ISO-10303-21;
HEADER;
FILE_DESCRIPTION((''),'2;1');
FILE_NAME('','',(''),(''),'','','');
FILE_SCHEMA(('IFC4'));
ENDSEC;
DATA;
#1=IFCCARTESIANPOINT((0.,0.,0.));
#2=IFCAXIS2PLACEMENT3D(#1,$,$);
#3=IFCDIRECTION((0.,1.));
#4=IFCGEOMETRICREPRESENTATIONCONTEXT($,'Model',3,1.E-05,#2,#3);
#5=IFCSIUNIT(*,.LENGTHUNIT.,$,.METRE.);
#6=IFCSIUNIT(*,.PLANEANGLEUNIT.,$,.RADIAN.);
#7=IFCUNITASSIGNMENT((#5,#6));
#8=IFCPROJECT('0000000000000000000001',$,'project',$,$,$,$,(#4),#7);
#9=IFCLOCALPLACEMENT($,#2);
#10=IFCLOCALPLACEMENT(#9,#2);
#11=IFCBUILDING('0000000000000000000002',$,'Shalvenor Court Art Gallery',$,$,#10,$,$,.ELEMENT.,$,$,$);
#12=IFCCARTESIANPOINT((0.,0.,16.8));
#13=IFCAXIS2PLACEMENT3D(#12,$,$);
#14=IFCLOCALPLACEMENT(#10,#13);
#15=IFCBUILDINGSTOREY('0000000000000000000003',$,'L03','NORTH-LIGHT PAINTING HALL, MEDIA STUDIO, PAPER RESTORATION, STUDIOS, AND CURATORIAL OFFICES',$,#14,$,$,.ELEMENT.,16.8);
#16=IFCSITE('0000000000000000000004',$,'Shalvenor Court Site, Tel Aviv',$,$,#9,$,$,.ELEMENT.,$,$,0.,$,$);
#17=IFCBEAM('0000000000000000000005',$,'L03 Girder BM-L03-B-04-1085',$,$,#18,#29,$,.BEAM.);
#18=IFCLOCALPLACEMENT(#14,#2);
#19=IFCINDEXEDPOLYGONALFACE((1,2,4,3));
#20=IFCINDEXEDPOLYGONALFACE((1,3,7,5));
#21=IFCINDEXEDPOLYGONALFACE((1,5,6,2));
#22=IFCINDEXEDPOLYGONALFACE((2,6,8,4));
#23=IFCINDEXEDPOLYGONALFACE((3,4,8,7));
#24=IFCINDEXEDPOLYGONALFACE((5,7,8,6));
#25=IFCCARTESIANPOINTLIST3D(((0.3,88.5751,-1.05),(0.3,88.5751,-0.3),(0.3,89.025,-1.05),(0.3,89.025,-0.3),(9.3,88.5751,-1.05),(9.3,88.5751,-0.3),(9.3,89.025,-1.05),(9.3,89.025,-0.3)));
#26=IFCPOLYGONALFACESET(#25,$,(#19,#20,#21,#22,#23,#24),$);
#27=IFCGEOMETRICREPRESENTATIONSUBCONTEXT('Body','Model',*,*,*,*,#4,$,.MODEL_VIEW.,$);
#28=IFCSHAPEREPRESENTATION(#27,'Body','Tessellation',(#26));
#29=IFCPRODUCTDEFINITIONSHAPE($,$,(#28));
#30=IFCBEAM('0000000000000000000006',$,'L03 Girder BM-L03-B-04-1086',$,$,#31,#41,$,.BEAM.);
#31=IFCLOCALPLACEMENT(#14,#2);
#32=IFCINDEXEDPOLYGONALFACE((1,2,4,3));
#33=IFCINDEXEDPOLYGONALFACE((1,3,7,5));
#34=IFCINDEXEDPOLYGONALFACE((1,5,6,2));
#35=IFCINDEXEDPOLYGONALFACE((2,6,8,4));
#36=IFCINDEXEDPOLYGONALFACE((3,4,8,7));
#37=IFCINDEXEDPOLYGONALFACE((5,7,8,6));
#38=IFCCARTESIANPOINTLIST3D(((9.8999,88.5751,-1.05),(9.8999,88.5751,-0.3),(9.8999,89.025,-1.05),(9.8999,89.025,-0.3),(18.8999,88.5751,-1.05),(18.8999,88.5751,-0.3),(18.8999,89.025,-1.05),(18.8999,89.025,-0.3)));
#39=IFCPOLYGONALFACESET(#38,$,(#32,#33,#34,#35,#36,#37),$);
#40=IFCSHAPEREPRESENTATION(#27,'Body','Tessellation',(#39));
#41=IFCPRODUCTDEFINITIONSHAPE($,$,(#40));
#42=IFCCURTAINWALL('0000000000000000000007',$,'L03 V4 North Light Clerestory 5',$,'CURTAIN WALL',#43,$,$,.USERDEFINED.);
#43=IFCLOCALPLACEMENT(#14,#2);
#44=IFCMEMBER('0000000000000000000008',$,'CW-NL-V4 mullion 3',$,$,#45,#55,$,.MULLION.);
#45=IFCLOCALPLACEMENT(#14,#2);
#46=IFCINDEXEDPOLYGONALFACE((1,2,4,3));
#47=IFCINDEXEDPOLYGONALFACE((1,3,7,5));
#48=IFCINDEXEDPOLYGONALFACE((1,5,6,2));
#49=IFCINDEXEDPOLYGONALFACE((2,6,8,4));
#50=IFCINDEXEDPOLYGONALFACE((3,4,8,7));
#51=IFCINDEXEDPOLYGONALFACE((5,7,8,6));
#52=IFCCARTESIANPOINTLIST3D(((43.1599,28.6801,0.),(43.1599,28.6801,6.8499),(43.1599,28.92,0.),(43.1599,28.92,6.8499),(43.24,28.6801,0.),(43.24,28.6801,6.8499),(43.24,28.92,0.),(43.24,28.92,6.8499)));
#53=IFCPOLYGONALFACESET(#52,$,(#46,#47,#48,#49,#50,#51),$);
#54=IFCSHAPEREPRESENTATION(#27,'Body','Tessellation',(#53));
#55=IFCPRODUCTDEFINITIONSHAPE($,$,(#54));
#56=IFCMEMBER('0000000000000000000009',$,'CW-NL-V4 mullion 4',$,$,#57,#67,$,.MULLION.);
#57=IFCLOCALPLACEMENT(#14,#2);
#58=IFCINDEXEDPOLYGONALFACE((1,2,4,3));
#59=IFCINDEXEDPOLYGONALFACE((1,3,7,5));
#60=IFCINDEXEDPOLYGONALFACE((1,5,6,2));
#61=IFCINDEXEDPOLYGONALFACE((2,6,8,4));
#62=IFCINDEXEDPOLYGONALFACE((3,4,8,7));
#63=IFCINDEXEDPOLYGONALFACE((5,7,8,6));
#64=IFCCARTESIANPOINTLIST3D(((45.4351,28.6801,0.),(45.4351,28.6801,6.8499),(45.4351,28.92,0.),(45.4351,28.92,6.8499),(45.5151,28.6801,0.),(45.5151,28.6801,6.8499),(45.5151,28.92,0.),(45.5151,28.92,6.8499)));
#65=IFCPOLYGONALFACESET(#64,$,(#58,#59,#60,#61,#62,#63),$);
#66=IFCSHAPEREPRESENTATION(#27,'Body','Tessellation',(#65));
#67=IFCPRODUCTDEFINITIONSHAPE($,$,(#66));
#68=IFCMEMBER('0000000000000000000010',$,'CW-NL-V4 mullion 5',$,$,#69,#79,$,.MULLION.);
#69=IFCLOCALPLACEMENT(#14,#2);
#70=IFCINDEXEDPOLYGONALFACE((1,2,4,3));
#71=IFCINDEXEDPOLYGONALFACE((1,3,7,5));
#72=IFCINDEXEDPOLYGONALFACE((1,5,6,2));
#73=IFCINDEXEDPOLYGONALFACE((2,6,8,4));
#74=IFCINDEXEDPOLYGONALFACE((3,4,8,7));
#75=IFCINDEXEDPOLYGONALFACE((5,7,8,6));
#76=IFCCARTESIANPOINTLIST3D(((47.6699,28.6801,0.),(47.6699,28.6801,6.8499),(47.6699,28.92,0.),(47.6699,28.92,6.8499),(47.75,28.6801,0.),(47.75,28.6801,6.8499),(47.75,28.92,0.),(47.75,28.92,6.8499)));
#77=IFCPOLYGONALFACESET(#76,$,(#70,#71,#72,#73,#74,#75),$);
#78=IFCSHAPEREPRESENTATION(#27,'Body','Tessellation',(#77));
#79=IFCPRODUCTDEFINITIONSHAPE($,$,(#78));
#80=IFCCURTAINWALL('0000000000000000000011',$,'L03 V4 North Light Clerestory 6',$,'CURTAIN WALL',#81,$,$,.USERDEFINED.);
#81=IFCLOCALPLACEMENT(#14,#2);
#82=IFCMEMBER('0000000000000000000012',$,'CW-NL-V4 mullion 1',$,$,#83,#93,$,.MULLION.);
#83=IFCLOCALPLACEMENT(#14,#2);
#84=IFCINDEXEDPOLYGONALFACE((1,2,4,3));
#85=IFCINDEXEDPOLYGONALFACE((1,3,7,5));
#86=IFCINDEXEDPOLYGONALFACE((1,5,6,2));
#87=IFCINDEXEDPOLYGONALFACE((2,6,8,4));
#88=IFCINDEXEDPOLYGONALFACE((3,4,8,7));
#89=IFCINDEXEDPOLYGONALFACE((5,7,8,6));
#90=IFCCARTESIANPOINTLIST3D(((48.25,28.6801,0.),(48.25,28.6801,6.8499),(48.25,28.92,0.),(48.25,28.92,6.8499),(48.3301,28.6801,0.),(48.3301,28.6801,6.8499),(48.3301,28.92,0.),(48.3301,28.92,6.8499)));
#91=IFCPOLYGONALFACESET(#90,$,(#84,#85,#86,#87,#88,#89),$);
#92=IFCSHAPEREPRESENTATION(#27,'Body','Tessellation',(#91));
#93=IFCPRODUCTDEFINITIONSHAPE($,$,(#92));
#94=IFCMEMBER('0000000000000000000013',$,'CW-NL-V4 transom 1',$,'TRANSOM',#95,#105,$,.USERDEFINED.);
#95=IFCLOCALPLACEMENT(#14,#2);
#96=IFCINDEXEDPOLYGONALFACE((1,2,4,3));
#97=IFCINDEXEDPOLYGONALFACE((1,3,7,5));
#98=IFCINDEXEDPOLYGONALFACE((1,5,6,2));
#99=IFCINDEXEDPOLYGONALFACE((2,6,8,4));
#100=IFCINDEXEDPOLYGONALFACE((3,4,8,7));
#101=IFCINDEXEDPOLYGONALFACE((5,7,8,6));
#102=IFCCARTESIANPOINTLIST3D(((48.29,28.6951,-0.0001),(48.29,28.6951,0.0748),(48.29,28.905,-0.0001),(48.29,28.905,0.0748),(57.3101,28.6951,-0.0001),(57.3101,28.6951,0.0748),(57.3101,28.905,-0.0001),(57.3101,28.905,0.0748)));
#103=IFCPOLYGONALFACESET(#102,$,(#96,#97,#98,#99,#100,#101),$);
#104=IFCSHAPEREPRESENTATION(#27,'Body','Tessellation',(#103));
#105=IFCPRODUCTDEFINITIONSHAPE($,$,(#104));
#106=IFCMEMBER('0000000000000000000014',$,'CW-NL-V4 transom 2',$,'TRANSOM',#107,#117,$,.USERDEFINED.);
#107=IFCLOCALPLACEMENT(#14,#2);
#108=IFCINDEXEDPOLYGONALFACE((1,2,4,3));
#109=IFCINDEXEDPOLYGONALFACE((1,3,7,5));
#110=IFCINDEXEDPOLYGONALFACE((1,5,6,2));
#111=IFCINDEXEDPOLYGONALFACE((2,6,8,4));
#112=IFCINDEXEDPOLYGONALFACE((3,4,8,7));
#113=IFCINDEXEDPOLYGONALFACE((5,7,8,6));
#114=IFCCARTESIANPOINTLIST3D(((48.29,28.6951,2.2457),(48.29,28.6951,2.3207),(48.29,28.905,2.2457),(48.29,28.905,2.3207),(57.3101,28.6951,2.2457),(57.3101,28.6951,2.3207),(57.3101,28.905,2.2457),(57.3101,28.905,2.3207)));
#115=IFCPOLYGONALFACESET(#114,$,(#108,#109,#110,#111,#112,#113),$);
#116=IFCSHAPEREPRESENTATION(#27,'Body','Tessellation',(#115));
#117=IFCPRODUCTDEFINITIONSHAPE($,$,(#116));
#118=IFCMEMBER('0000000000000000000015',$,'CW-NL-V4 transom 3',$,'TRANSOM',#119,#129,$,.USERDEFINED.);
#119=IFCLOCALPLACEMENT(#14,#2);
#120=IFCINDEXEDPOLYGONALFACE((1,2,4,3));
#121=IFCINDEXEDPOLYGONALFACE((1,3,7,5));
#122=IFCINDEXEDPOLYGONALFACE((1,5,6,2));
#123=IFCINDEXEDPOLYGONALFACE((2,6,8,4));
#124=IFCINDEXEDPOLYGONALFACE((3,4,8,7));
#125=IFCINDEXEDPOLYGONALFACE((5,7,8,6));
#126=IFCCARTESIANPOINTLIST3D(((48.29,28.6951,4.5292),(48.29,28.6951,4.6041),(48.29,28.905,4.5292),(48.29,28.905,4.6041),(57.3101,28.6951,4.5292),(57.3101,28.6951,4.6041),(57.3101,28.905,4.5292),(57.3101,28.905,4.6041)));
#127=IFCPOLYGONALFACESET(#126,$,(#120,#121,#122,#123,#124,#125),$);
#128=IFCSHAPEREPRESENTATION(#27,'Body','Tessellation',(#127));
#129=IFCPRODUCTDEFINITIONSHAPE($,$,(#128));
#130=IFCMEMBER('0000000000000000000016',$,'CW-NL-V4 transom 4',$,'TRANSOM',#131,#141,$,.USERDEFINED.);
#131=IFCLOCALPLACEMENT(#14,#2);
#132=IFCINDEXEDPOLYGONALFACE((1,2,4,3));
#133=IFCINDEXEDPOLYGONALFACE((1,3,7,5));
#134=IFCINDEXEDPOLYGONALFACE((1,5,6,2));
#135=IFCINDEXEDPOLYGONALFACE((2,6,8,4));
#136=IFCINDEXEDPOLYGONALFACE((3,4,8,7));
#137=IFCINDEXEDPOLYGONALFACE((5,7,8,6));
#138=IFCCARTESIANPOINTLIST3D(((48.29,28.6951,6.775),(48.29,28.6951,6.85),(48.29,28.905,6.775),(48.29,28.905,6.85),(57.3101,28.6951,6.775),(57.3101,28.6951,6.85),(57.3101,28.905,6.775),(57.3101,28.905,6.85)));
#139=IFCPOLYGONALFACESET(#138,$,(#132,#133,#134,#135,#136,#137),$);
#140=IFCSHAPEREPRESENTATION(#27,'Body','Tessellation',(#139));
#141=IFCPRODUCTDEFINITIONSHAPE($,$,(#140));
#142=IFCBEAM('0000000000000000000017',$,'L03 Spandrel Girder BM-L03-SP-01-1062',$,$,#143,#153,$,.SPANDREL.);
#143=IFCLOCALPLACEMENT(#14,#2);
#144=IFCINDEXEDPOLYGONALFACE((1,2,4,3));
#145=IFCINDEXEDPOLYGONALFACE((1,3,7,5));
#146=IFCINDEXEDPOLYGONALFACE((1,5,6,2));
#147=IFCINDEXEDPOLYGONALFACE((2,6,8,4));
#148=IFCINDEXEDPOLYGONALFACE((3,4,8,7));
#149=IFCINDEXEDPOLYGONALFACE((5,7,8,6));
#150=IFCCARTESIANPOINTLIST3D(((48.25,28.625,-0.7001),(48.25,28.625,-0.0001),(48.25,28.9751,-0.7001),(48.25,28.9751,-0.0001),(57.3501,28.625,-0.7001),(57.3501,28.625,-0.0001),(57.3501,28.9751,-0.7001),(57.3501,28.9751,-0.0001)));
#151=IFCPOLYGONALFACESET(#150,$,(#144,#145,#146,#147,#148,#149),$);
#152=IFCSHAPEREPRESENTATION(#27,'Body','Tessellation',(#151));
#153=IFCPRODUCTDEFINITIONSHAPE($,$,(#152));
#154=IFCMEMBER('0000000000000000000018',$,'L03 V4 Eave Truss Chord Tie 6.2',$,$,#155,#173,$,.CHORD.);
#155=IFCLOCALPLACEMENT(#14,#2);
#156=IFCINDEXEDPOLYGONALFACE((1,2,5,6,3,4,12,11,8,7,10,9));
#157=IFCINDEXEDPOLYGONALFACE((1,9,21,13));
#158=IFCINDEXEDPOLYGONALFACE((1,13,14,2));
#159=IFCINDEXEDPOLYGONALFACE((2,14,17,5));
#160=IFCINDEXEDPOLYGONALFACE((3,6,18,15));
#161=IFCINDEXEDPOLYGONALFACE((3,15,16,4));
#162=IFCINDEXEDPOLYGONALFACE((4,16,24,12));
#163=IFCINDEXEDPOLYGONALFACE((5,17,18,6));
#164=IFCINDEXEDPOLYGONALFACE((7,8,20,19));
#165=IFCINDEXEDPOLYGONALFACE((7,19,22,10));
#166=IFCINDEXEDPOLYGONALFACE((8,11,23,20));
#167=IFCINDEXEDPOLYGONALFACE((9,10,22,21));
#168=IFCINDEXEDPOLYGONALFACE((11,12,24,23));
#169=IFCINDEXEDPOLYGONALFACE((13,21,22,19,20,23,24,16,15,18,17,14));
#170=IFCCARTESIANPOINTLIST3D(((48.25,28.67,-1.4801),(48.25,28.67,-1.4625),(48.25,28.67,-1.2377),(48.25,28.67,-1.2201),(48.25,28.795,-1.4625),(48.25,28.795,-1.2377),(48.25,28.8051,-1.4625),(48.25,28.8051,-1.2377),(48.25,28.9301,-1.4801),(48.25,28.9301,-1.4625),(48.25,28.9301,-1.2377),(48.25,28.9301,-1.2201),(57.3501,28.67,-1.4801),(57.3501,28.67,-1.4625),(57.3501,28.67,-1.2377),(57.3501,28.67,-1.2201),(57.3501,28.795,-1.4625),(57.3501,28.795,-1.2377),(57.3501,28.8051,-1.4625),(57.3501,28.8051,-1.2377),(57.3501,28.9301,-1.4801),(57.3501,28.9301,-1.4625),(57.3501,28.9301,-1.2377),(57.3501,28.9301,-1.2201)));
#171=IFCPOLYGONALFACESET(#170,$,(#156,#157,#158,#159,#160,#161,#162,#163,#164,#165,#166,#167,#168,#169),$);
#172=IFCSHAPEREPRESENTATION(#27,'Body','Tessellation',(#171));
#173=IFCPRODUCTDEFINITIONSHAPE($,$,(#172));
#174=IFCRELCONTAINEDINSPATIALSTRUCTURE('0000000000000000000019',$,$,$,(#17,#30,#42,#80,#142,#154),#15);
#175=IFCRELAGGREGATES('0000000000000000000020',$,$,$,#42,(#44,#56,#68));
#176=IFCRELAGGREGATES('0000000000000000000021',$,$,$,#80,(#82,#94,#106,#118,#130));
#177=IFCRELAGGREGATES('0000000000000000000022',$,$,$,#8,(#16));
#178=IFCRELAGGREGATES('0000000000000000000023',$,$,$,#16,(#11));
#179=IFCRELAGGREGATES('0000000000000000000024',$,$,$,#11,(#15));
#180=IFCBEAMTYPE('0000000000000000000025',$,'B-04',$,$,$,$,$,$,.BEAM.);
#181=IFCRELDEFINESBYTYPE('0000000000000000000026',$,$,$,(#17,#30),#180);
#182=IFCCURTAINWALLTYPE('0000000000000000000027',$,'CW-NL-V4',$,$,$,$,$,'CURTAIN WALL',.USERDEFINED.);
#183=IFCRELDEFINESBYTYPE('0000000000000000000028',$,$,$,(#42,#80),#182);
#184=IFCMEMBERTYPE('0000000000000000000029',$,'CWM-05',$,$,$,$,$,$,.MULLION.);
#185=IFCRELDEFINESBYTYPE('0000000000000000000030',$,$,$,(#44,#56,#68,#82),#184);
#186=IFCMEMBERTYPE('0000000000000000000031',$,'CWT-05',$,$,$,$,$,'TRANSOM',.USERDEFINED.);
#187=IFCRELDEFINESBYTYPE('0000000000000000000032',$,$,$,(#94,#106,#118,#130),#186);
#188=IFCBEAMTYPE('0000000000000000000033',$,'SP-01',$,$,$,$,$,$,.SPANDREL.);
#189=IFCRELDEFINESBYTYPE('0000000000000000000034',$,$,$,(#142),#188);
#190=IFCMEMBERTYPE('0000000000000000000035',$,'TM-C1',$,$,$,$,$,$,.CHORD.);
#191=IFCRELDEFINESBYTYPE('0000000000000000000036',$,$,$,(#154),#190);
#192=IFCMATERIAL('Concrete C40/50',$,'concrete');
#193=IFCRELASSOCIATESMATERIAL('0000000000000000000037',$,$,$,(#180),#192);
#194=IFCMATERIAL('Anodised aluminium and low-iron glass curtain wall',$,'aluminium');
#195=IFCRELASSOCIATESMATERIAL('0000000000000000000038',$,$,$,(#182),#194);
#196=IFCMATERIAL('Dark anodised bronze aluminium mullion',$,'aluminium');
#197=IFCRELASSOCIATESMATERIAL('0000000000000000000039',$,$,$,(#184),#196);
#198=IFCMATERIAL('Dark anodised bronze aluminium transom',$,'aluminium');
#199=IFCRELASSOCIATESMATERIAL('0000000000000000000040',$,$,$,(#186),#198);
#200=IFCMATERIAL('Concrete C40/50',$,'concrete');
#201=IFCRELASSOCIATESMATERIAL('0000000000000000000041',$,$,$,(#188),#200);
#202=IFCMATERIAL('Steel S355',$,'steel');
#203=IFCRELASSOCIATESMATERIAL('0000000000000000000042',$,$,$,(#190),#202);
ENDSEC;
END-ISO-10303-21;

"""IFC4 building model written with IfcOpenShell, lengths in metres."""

from ifc_helpers import new_model, si_unit, direction, frame, origin, origin_2d, place, context, subcontext, project, spatial, rectangle, i_section, extrude, material, material_profile, profile_set, type_object, element, aggregate, save


model = new_model("IFC4")

# Units and contexts
model_context = context("Model", 3, precision=1e-05, world=origin(), true_north=direction((0.0, 1.0)))
body_context = subcontext(model_context, "Body", "Model", "MODEL_VIEW")
ifc_project = project(units=[si_unit("LENGTHUNIT", "METRE"), si_unit("PLANEANGLEUNIT", "RADIAN")], contexts=[model_context])

# Site, building, storey
site_placement = place(None, origin())
site = spatial("IfcSite", under=ifc_project, at=site_placement, Name="Shalvenor Court Site, Tel Aviv", CompositionType="ELEMENT", RefElevation=0.0)
building_placement = place(site_placement, origin())
building = spatial("IfcBuilding", under=site, at=building_placement, Name="Shalvenor Court Art Gallery", CompositionType="ELEMENT")
storey_placement = place(building_placement, frame((0.0, 0.0, 16.8)))
storey = spatial("IfcBuildingStorey", under=building, at=storey_placement, Name="L03", Description="NORTH-LIGHT PAINTING HALL, MEDIA STUDIO, PAPER RESTORATION, STUDIOS, AND CURATORIAL OFFICES", CompositionType="ELEMENT", Elevation=16.8)

# Beams
ifc_material_1 = material(Name="Concrete C40/50", Category="concrete")
ifc_material_profile_1 = material_profile(ifc_material_1, rectangle(XDim=0.45, YDim=0.75, at=origin_2d()), Name="RC 450x750")
ifc_profile_set_1 = profile_set([ifc_material_profile_1], Name="Concrete C40/50")
beam_type_1 = type_object("IfcBeamType", Name="B-04", PredefinedType="BEAM", material=ifc_profile_set_1)
for number, where, z_axis, x_axis, name in (
    (1, (0.3, 88.8, -0.675), (1.0, 0.0, 0.0), (0.0, 1.0, 0.0), "L03 Girder BM-L03-B-04-1085"),
    (2, (9.8999, 88.8, -0.675), (1.0, 0.0, 0.0), (0.0, 1.0, 0.0), "L03 Girder BM-L03-B-04-1086"),
):
    element("IfcBeam", number, at=place(storey_placement, frame(where, z_axis=z_axis, x_axis=x_axis)), inside=storey, type_object=beam_type_1, Name=name, PredefinedType="BEAM", context=body_context, shape_type="SweptSolid", body=[
        extrude(rectangle(XDim=0.45, YDim=0.75, at=origin_2d()), origin(), (0.0, 0.0, 1.0), 9.0),
    ])

# Curtain walls, members
ifc_material_2 = material(Name="Anodised aluminium and low-iron glass curtain wall", Category="aluminium")
curtain_wall_type = type_object("IfcCurtainWallType", Name="CW-NL-V4", ElementType="CURTAIN WALL", PredefinedType="USERDEFINED", material=ifc_material_2)
curtain_wall_1_placement = place(storey_placement, origin())
curtain_wall_1 = element("IfcCurtainWall", 3, at=curtain_wall_1_placement, inside=storey, type_object=curtain_wall_type, Name="L03 V4 North Light Clerestory 5", ObjectType="CURTAIN WALL", PredefinedType="USERDEFINED")
ifc_material_3 = material(Name="Dark anodised bronze aluminium mullion", Category="aluminium")
ifc_material_profile_2 = material_profile(ifc_material_3, rectangle(XDim=0.0801, YDim=0.24, at=origin_2d()), Name="CWM-05")
ifc_profile_set_2 = profile_set([ifc_material_profile_2], Name="Dark anodised bronze aluminium mullion")
member_type_1 = type_object("IfcMemberType", Name="CWM-05", PredefinedType="MULLION", material=ifc_profile_set_2)
member_1_placement = place(storey_placement, frame((43.2, 28.8, 0.0), z_axis=(0.0, 0.0, 1.0), x_axis=(1.0, 0.0, 0.0)))
member_1 = element("IfcMember", 4, at=member_1_placement, type_object=member_type_1, Name="CW-NL-V4 mullion 3", PredefinedType="MULLION", context=body_context, shape_type="SweptSolid", body=[
    extrude(rectangle(XDim=0.0801, YDim=0.24, at=origin_2d()), origin(), (0.0, 0.0, 1.0), 6.8499),
])
member_2_placement = place(storey_placement, frame((45.4751, 28.8, 0.0), z_axis=(0.0, 0.0, 1.0), x_axis=(1.0, 0.0, 0.0)))
member_2 = element("IfcMember", 5, at=member_2_placement, type_object=member_type_1, Name="CW-NL-V4 mullion 4", PredefinedType="MULLION", context=body_context, shape_type="SweptSolid", body=[
    extrude(rectangle(XDim=0.0801, YDim=0.24, at=origin_2d()), origin(), (0.0, 0.0, 1.0), 6.8499),
])
member_3_placement = place(storey_placement, frame((47.71, 28.8, 0.0), z_axis=(0.0, 0.0, 1.0), x_axis=(1.0, 0.0, 0.0)))
member_3 = element("IfcMember", 6, at=member_3_placement, type_object=member_type_1, Name="CW-NL-V4 mullion 5", PredefinedType="MULLION", context=body_context, shape_type="SweptSolid", body=[
    extrude(rectangle(XDim=0.0801, YDim=0.24, at=origin_2d()), origin(), (0.0, 0.0, 1.0), 6.8499),
])
curtain_wall_2_placement = place(storey_placement, origin())
curtain_wall_2 = element("IfcCurtainWall", 7, at=curtain_wall_2_placement, inside=storey, type_object=curtain_wall_type, Name="L03 V4 North Light Clerestory 6", ObjectType="CURTAIN WALL", PredefinedType="USERDEFINED")
member_4_placement = place(storey_placement, frame((48.29, 28.8, 0.0), z_axis=(0.0, 0.0, 1.0), x_axis=(1.0, 0.0, 0.0)))
member_4 = element("IfcMember", 8, at=member_4_placement, type_object=member_type_1, Name="CW-NL-V4 mullion 1", PredefinedType="MULLION", context=body_context, shape_type="SweptSolid", body=[
    extrude(rectangle(XDim=0.0801, YDim=0.24, at=origin_2d()), origin(), (0.0, 0.0, 1.0), 6.8499),
])
ifc_material_4 = material(Name="Dark anodised bronze aluminium transom", Category="aluminium")
ifc_material_profile_3 = material_profile(ifc_material_4, rectangle(XDim=0.21, YDim=0.075, at=origin_2d()), Name="CWT-05")
ifc_profile_set_3 = profile_set([ifc_material_profile_3], Name="Dark anodised bronze aluminium transom")
member_type_2 = type_object("IfcMemberType", Name="CWT-05", ElementType="TRANSOM", PredefinedType="USERDEFINED", material=ifc_profile_set_3)
member_5_placement = place(storey_placement, frame((48.29, 28.8, 0.0374), z_axis=(1.0, 0.0, 0.0), x_axis=(0.0, 1.0, 0.0)))
member_5 = element("IfcMember", 9, at=member_5_placement, type_object=member_type_2, Name="CW-NL-V4 transom 1", ObjectType="TRANSOM", PredefinedType="USERDEFINED", context=body_context, shape_type="SweptSolid", body=[
    extrude(rectangle(XDim=0.21, YDim=0.075, at=origin_2d()), origin(), (0.0, 0.0, 1.0), 9.02),
])
member_6_placement = place(storey_placement, frame((48.29, 28.8, 2.2832), z_axis=(1.0, 0.0, 0.0), x_axis=(0.0, 1.0, 0.0)))
member_6 = element("IfcMember", 10, at=member_6_placement, type_object=member_type_2, Name="CW-NL-V4 transom 2", ObjectType="TRANSOM", PredefinedType="USERDEFINED", context=body_context, shape_type="SweptSolid", body=[
    extrude(rectangle(XDim=0.21, YDim=0.075, at=origin_2d()), origin(), (0.0, 0.0, 1.0), 9.02),
])
member_7_placement = place(storey_placement, frame((48.29, 28.8, 4.5667), z_axis=(1.0, 0.0, 0.0), x_axis=(0.0, 1.0, 0.0)))
member_7 = element("IfcMember", 11, at=member_7_placement, type_object=member_type_2, Name="CW-NL-V4 transom 3", ObjectType="TRANSOM", PredefinedType="USERDEFINED", context=body_context, shape_type="SweptSolid", body=[
    extrude(rectangle(XDim=0.21, YDim=0.075, at=origin_2d()), origin(), (0.0, 0.0, 1.0), 9.02),
])
member_8_placement = place(storey_placement, frame((48.29, 28.8, 6.8125), z_axis=(1.0, 0.0, 0.0), x_axis=(0.0, 1.0, 0.0)))
member_8 = element("IfcMember", 12, at=member_8_placement, type_object=member_type_2, Name="CW-NL-V4 transom 4", ObjectType="TRANSOM", PredefinedType="USERDEFINED", context=body_context, shape_type="SweptSolid", body=[
    extrude(rectangle(XDim=0.21, YDim=0.075, at=origin_2d()), origin(), (0.0, 0.0, 1.0), 9.02),
])

# Beam
ifc_material_5 = material(Name="Concrete C40/50", Category="concrete")
ifc_material_profile_4 = material_profile(ifc_material_5, rectangle(XDim=0.3501, YDim=0.7, at=origin_2d()), Name="RC 350x700")
ifc_profile_set_4 = profile_set([ifc_material_profile_4], Name="Concrete C40/50")
beam_type_2 = type_object("IfcBeamType", Name="SP-01", PredefinedType="SPANDREL", material=ifc_profile_set_4)
beam_placement = place(storey_placement, frame((48.25, 28.8, -0.3501), z_axis=(1.0, 0.0, 0.0), x_axis=(0.0, 1.0, 0.0)))
element("IfcBeam", 13, at=beam_placement, inside=storey, type_object=beam_type_2, Name="L03 Spandrel Girder BM-L03-SP-01-1062", PredefinedType="SPANDREL", context=body_context, shape_type="SweptSolid", body=[
    extrude(rectangle(XDim=0.3501, YDim=0.7, at=origin_2d()), origin(), (0.0, 0.0, 1.0), 9.1001),
])

# Member
ifc_material_6 = material(Name="Steel S355", Category="steel")
ifc_material_profile_5 = material_profile(ifc_material_6, i_section(OverallWidth=0.26, OverallDepth=0.26, WebThickness=0.01, FlangeThickness=0.0176, at=origin_2d()), Name="HEB 260")
ifc_profile_set_5 = profile_set([ifc_material_profile_5], Name="Steel S355")
member_type_3 = type_object("IfcMemberType", Name="TM-C1", PredefinedType="CHORD", material=ifc_profile_set_5)
member_9_placement = place(storey_placement, frame((48.25, 28.8, -1.3501), z_axis=(1.0, 0.0, 0.0), x_axis=(0.0, 1.0, 0.0)))
element("IfcMember", 14, at=member_9_placement, inside=storey, type_object=member_type_3, Name="L03 V4 Eave Truss Chord Tie 6.2", PredefinedType="CHORD", context=body_context, shape_type="SweptSolid", body=[
    extrude(i_section(OverallWidth=0.26, OverallDepth=0.26, WebThickness=0.01, FlangeThickness=0.0176, at=origin_2d()), origin(), (0.0, 0.0, 1.0), 9.1001),
])

aggregate(curtain_wall_1, [member_1, member_2, member_3])
aggregate(curtain_wall_2, [member_4, member_5, member_6, member_7, member_8])

save(model, "model.ifc")
